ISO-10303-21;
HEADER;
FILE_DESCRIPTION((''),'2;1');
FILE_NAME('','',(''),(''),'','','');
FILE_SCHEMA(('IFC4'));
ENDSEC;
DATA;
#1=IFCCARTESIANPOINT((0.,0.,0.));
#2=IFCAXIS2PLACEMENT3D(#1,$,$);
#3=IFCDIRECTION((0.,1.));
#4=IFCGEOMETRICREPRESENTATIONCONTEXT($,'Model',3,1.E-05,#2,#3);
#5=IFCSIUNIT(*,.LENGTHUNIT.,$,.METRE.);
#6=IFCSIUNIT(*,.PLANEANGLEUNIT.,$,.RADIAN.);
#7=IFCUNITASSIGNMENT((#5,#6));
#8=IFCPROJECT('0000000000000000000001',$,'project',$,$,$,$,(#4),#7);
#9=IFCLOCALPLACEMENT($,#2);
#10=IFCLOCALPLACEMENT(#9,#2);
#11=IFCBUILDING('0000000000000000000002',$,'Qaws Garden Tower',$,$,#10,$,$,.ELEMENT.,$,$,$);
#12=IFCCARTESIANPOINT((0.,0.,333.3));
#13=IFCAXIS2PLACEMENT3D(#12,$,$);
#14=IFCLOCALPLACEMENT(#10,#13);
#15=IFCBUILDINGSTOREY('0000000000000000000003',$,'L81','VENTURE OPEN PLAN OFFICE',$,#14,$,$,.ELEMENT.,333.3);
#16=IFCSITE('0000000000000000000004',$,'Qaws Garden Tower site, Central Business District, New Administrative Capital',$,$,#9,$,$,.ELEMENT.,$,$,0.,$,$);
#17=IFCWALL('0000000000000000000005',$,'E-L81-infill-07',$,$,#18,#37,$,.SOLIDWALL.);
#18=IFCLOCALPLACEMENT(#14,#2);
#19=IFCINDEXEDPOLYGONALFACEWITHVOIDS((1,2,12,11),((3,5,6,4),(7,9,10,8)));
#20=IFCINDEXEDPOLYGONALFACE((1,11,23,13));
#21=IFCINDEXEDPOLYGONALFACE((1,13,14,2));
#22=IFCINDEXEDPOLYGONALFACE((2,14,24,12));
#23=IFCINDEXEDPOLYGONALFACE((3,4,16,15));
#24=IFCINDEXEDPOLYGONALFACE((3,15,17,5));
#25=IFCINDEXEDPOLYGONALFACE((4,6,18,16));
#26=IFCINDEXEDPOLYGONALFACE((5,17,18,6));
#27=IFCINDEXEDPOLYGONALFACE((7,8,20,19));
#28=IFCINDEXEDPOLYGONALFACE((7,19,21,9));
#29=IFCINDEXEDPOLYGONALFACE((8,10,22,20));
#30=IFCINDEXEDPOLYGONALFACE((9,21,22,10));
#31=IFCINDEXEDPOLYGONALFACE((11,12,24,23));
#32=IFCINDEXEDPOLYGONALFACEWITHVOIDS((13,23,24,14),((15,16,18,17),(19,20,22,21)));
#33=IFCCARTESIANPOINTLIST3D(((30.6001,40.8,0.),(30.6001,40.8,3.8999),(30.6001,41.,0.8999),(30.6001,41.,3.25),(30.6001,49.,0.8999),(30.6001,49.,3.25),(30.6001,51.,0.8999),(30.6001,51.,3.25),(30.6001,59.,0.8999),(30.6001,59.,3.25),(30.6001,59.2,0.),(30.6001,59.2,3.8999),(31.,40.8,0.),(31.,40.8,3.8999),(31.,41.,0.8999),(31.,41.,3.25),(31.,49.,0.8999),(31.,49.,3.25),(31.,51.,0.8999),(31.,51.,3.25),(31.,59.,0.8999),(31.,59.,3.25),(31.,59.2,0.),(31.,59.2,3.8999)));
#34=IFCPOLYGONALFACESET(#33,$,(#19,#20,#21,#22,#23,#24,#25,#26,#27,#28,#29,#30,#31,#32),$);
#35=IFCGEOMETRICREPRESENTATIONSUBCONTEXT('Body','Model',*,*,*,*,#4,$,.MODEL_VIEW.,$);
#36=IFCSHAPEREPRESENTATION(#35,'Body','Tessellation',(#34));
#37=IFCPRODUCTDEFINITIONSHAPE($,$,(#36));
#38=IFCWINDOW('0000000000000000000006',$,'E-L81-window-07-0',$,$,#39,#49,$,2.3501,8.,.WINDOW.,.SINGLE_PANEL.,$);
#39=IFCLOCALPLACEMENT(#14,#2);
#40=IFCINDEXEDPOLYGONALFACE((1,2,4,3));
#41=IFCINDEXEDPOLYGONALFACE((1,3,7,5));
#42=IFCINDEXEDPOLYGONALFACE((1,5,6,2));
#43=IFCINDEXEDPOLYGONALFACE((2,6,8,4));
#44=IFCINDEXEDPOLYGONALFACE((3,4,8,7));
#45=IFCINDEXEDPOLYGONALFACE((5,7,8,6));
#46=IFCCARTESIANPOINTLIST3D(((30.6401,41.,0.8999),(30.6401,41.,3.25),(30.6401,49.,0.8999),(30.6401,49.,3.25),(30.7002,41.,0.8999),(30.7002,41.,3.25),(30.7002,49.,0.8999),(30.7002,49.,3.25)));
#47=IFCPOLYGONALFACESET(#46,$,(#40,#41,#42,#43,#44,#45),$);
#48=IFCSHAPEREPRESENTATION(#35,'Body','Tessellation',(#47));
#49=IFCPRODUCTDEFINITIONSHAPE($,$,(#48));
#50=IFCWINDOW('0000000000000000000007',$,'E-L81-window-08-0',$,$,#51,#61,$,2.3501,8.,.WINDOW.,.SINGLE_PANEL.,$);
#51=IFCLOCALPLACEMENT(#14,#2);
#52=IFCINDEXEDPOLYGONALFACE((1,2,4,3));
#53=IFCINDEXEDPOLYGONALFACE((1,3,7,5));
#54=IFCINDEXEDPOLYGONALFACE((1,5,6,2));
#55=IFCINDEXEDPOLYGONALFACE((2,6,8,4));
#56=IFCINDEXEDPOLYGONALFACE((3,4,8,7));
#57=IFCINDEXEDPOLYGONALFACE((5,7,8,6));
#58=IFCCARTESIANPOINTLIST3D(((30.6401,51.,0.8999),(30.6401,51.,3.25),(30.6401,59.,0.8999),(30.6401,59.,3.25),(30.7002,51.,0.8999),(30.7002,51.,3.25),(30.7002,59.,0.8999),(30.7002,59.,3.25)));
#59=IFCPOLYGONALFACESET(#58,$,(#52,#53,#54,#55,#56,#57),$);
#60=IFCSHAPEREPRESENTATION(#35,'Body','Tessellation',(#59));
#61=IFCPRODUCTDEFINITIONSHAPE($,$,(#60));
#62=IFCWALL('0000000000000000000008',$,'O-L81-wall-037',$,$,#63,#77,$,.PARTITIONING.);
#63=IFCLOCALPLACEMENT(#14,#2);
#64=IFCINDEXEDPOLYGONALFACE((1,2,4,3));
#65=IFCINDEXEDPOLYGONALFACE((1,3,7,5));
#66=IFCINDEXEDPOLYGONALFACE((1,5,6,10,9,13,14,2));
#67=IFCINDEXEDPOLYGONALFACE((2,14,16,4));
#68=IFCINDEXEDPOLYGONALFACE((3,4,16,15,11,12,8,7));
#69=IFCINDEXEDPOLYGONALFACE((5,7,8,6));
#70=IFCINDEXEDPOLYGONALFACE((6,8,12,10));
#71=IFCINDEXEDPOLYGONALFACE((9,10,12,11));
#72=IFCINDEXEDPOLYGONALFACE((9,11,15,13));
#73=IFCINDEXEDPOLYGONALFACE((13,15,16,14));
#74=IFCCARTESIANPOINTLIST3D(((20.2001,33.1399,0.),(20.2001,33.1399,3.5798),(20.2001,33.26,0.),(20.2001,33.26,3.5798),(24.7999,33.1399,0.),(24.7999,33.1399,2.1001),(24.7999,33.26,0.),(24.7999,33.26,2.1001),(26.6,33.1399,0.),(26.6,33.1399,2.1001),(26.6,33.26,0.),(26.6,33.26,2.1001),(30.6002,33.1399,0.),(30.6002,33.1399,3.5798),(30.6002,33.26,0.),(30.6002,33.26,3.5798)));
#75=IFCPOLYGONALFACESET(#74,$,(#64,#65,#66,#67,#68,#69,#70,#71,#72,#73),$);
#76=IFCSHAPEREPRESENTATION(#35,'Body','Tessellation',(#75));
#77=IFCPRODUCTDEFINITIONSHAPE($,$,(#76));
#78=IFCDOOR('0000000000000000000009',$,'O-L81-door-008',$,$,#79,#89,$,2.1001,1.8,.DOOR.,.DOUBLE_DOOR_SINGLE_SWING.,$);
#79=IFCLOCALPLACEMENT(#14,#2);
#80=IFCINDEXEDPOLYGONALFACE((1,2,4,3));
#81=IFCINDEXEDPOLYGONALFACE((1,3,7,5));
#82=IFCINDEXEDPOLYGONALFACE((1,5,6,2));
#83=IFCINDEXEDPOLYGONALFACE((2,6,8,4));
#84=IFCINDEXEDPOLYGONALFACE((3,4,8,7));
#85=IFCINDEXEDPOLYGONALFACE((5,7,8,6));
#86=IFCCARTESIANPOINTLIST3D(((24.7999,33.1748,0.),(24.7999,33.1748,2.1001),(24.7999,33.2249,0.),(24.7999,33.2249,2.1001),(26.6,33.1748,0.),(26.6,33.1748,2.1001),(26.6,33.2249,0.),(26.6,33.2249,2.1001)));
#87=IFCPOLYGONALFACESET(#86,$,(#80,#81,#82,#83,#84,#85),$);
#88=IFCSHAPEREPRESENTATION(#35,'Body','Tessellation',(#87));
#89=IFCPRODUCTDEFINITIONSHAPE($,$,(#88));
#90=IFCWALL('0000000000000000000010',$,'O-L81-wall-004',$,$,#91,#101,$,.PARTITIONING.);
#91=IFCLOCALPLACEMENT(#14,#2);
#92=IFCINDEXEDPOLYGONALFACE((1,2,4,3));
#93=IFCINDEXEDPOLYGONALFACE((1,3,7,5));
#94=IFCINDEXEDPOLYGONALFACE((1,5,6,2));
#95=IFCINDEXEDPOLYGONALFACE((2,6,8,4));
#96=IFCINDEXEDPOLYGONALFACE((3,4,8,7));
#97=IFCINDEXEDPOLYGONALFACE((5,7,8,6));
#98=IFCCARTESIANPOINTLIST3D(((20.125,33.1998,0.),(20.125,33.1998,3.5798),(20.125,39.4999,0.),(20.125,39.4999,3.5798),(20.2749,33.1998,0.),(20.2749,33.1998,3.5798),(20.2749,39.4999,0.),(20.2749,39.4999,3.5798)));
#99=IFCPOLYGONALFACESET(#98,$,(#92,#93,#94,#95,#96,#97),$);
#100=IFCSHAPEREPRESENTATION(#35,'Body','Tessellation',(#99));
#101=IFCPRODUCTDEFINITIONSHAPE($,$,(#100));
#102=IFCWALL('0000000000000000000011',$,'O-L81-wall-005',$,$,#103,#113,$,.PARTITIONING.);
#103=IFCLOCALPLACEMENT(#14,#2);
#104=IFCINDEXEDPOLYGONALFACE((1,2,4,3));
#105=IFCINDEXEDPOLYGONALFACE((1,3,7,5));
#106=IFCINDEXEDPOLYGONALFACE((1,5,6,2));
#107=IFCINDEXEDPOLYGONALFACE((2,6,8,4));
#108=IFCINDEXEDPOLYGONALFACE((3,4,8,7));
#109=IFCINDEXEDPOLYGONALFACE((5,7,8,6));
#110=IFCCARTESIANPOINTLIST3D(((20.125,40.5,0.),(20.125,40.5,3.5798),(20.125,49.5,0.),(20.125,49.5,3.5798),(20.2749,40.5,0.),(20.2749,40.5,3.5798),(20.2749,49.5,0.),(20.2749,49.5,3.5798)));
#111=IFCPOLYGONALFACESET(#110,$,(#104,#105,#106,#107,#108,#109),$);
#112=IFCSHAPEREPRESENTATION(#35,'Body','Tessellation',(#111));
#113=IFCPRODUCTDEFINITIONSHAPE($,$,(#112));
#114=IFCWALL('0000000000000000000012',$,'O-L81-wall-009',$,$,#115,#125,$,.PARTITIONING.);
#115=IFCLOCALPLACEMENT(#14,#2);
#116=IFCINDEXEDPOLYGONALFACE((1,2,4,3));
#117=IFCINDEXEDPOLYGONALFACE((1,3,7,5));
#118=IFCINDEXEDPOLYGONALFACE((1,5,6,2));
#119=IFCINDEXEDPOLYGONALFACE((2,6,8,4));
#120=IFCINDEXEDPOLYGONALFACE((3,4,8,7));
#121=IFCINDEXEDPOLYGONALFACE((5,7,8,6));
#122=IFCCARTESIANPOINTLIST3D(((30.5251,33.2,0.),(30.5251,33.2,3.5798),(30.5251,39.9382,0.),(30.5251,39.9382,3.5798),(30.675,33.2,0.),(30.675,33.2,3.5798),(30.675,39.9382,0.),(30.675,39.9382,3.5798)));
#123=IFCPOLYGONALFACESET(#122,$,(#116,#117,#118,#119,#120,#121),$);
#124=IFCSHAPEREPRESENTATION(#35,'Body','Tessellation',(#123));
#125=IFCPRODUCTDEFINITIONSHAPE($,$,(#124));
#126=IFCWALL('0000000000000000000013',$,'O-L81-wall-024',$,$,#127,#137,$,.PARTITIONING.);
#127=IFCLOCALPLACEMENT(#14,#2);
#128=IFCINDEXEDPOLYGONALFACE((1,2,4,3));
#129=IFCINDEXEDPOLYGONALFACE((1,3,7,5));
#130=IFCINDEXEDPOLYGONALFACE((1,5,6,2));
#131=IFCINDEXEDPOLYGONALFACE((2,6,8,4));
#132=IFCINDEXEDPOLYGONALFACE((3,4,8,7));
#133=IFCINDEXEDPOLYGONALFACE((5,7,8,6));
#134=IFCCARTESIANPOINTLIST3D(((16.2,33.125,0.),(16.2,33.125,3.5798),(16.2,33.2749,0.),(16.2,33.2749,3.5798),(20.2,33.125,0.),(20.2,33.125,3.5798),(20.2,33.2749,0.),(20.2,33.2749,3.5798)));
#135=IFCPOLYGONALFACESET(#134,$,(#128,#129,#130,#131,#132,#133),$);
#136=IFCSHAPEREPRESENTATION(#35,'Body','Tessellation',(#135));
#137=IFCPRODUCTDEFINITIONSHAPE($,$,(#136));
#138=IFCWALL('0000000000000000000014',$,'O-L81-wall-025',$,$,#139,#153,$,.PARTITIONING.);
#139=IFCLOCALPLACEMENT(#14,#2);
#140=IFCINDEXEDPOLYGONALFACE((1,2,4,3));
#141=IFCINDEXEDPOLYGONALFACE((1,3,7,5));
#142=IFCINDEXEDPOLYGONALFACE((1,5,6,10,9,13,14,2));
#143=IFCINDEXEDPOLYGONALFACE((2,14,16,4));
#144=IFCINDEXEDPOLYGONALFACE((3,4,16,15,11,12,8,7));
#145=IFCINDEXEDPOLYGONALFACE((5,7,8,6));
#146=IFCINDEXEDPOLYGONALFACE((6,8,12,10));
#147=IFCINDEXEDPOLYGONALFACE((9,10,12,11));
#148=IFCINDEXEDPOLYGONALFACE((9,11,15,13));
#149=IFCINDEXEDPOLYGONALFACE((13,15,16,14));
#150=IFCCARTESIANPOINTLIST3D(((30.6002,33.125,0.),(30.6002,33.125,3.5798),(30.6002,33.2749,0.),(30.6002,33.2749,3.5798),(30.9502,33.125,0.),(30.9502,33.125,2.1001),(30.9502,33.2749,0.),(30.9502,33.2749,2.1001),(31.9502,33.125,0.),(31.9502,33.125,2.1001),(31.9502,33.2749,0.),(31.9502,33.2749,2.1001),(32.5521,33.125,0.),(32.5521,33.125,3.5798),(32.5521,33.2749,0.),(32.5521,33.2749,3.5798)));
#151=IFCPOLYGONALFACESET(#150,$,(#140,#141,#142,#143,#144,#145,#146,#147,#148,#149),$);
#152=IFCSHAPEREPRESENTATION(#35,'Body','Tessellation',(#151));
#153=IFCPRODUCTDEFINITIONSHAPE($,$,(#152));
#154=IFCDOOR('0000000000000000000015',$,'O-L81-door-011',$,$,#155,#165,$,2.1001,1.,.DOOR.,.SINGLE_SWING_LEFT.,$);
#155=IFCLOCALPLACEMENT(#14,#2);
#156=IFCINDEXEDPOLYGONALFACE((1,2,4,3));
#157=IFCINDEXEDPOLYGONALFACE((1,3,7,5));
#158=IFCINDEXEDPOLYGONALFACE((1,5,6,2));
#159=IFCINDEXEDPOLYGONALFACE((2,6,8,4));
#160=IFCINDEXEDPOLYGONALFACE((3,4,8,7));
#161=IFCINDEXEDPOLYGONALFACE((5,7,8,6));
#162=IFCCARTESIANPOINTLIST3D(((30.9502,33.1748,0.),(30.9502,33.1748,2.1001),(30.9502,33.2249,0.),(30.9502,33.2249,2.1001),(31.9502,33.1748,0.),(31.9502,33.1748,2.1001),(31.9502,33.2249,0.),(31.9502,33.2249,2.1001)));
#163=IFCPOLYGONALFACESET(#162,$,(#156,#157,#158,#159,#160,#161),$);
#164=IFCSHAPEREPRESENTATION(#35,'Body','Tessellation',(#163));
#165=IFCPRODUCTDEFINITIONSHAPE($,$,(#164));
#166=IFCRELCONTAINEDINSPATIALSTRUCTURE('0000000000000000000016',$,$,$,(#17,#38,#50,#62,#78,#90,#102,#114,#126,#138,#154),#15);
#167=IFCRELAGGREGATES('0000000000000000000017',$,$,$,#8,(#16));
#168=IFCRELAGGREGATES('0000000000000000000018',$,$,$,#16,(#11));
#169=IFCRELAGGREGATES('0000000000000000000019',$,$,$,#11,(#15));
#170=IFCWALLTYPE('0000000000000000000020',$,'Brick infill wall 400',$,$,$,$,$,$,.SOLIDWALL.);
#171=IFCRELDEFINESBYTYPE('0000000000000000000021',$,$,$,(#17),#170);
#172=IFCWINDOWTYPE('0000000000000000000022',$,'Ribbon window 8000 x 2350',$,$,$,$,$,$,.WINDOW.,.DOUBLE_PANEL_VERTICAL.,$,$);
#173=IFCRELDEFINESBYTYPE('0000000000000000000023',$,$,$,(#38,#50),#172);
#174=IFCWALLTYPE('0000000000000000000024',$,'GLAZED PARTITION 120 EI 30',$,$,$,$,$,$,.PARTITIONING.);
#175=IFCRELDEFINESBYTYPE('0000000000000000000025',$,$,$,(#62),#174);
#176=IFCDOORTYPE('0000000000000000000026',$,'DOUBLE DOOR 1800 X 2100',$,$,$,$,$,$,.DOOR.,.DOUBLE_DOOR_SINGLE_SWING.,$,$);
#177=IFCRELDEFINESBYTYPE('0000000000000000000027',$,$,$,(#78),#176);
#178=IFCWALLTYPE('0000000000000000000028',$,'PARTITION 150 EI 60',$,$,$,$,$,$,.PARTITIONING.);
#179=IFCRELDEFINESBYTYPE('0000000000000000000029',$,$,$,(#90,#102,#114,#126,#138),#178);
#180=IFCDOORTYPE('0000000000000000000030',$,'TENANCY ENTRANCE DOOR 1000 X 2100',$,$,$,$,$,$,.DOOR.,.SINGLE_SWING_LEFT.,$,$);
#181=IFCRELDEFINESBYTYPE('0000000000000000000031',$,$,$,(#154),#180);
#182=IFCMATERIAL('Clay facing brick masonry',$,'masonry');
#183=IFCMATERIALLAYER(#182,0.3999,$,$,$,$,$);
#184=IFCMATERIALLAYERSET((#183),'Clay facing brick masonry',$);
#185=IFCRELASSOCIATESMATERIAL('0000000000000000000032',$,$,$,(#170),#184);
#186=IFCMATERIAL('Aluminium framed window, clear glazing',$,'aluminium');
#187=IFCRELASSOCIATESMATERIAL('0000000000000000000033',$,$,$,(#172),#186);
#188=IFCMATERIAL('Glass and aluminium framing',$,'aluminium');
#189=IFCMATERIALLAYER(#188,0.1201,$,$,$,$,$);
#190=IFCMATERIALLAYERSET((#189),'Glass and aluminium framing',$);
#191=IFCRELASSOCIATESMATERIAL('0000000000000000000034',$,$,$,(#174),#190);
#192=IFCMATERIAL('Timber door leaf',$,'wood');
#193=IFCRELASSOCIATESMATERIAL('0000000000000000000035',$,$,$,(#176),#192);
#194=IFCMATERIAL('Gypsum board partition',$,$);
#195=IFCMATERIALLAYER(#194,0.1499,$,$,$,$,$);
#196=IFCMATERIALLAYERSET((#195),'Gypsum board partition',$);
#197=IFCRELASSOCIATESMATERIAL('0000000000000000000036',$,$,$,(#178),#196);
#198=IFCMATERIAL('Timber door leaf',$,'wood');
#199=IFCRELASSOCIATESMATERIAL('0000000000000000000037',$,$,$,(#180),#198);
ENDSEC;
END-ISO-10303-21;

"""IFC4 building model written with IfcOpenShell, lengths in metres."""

from ifc_helpers import new_model, si_unit, direction, frame, frame_2d, origin, place, context, subcontext, project, spatial, rectangle, extrude, material, layer, layer_set, type_object, element, fill, save


model = new_model("IFC4")

# Units and contexts
model_context = context("Model", 3, precision=1e-05, world=origin(), true_north=direction((0.0, 1.0)))
body_context = subcontext(model_context, "Body", "Model", "MODEL_VIEW")
ifc_project = project(units=[si_unit("LENGTHUNIT", "METRE"), si_unit("PLANEANGLEUNIT", "RADIAN")], contexts=[model_context])

# Site, building, storey
site_placement = place(None, origin())
site = spatial("IfcSite", under=ifc_project, at=site_placement, Name="Qaws Garden Tower site, Central Business District, New Administrative Capital", CompositionType="ELEMENT", RefElevation=0.0)
building_placement = place(site_placement, origin())
building = spatial("IfcBuilding", under=site, at=building_placement, Name="Qaws Garden Tower", CompositionType="ELEMENT")
storey_placement = place(building_placement, frame((0.0, 0.0, 333.3)))
storey = spatial("IfcBuildingStorey", under=building, at=storey_placement, Name="L81", Description="VENTURE OPEN PLAN OFFICE", CompositionType="ELEMENT", Elevation=333.3)

# Shared definitions
ifc_material_1 = material(Name="Clay facing brick masonry", Category="masonry")
ifc_layer_1 = layer(ifc_material_1, 0.3999)
ifc_layer_set_1 = layer_set([ifc_layer_1], Name="Clay facing brick masonry")
wall_type_1 = type_object("IfcWallType", Name="Brick infill wall 400", PredefinedType="SOLIDWALL", material=ifc_layer_set_1)

# Wall, openings, windows
wall_1_placement = place(storey_placement, frame((30.8, 40.8, 0.0), z_axis=(0.0, 0.0, 1.0), x_axis=(0.0, 1.0, 0.0)))
wall_1 = element("IfcWall", 1, at=wall_1_placement, inside=storey, type_object=wall_type_1, Name="E-L81-infill-07", PredefinedType="SOLIDWALL", context=body_context, shape_type="SweptSolid", body=[
    extrude(rectangle(XDim=18.3999, YDim=0.3999, at=frame_2d((9.2, 0.0))), origin(), (0.0, 0.0, 1.0), 3.8999),
])
opening_1_placement = place(wall_1_placement, frame((0.2, 0.0, 0.8999)))
opening_1 = element("IfcOpeningElement", 2, at=opening_1_placement, cuts=wall_1, PredefinedType="OPENING", context=body_context, shape_type="SweptSolid", body=[
    extrude(rectangle(XDim=8.0, YDim=2.3501, at=frame_2d((4.0, 1.175))), frame((0.0, 0.21, 0.0), z_axis=(0.0, -1.0, 0.0), x_axis=(1.0, 0.0, 0.0)), (0.0, 0.0, 1.0), 0.4199),
])
opening_2_placement = place(wall_1_placement, frame((10.2, 0.0, 0.8999)))
opening_2 = element("IfcOpeningElement", 3, at=opening_2_placement, cuts=wall_1, PredefinedType="OPENING", context=body_context, shape_type="SweptSolid", body=[
    extrude(rectangle(XDim=8.0, YDim=2.3501, at=frame_2d((4.0, 1.175))), frame((0.0, 0.21, 0.0), z_axis=(0.0, -1.0, 0.0), x_axis=(1.0, 0.0, 0.0)), (0.0, 0.0, 1.0), 0.4199),
])
ifc_material_2 = material(Name="Aluminium framed window, clear glazing", Category="aluminium")
window_type_1 = type_object("IfcWindowType", Name="Ribbon window 8000 x 2350", PartitioningType="DOUBLE_PANEL_VERTICAL", PredefinedType="WINDOW", material=ifc_material_2)
window_1_placement = place(opening_1_placement, origin())
window_1 = element("IfcWindow", 4, at=window_1_placement, inside=storey, type_object=window_type_1, Name="E-L81-window-07-0", OverallHeight=2.3501, OverallWidth=8.0, PartitioningType="SINGLE_PANEL", PredefinedType="WINDOW", context=body_context, shape_type="SweptSolid", body=[
    extrude(rectangle(XDim=8.0, YDim=2.3501, at=frame_2d((4.0, 1.175))), frame((0.0, 0.1599, 0.0), z_axis=(0.0, -1.0, 0.0), x_axis=(1.0, 0.0, 0.0)), (0.0, 0.0, 1.0), 0.0601),
])
fill(opening_1, window_1)
window_2_placement = place(opening_2_placement, origin())
window_2 = element("IfcWindow", 5, at=window_2_placement, inside=storey, type_object=window_type_1, Name="E-L81-window-08-0", OverallHeight=2.3501, OverallWidth=8.0, PartitioningType="SINGLE_PANEL", PredefinedType="WINDOW", context=body_context, shape_type="SweptSolid", body=[
    extrude(rectangle(XDim=8.0, YDim=2.3501, at=frame_2d((4.0, 1.175))), frame((0.0, 0.1599, 0.0), z_axis=(0.0, -1.0, 0.0), x_axis=(1.0, 0.0, 0.0)), (0.0, 0.0, 1.0), 0.0601),
])
fill(opening_2, window_2)

# Wall, opening, door
ifc_material_3 = material(Name="Glass and aluminium framing", Category="aluminium")
ifc_layer_2 = layer(ifc_material_3, 0.1201)
ifc_layer_set_2 = layer_set([ifc_layer_2], Name="Glass and aluminium framing")
wall_type_2 = type_object("IfcWallType", Name="GLAZED PARTITION 120 EI 30", PredefinedType="PARTITIONING", material=ifc_layer_set_2)
wall_2_placement = place(storey_placement, frame((20.2, 33.2, 0.0), z_axis=(0.0, 0.0, 1.0), x_axis=(1.0, 0.0, 0.0)))
wall_2 = element("IfcWall", 6, at=wall_2_placement, inside=storey, type_object=wall_type_2, Name="O-L81-wall-037", PredefinedType="PARTITIONING", context=body_context, shape_type="SweptSolid", body=[
    extrude(rectangle(XDim=10.4001, YDim=0.1201, at=frame_2d((5.2002, 0.0))), origin(), (0.0, 0.0, 1.0), 3.5798),
])
opening_3_placement = place(wall_2_placement, frame((4.6001, 0.0, 0.0)))
opening_3 = element("IfcOpeningElement", 7, at=opening_3_placement, cuts=wall_2, PredefinedType="OPENING", context=body_context, shape_type="SweptSolid", body=[
    extrude(rectangle(XDim=1.8, YDim=2.1001, at=frame_2d((0.8999, 1.05))), frame((0.0, 0.0701, 0.0), z_axis=(0.0, -1.0, 0.0), x_axis=(1.0, 0.0, 0.0)), (0.0, 0.0, 1.0), 0.1401),
])
ifc_material_4 = material(Name="Timber door leaf", Category="wood")
door_type_1 = type_object("IfcDoorType", Name="DOUBLE DOOR 1800 X 2100", OperationType="DOUBLE_DOOR_SINGLE_SWING", PredefinedType="DOOR", material=ifc_material_4)
door_1_placement = place(opening_3_placement, origin())
door_1 = element("IfcDoor", 8, at=door_1_placement, inside=storey, type_object=door_type_1, Name="O-L81-door-008", OperationType="DOUBLE_DOOR_SINGLE_SWING", OverallHeight=2.1001, OverallWidth=1.8, PredefinedType="DOOR", context=body_context, shape_type="SweptSolid", body=[
    extrude(rectangle(XDim=1.8, YDim=2.1001, at=frame_2d((0.8999, 1.05))), frame((0.0, 0.0249, 0.0), z_axis=(0.0, -1.0, 0.0), x_axis=(1.0, 0.0, 0.0)), (0.0, 0.0, 1.0), 0.05),
])
fill(opening_3, door_1)

# Walls
ifc_material_5 = material(Name="Gypsum board partition")
ifc_layer_3 = layer(ifc_material_5, 0.1499)
ifc_layer_set_3 = layer_set([ifc_layer_3], Name="Gypsum board partition")
wall_type_3 = type_object("IfcWallType", Name="PARTITION 150 EI 60", PredefinedType="PARTITIONING", material=ifc_layer_set_3)
wall_3_placement = place(storey_placement, frame((20.2, 33.2, 0.0), z_axis=(0.0, 0.0, 1.0), x_axis=(0.0, 1.0, 0.0)))
element("IfcWall", 9, at=wall_3_placement, inside=storey, type_object=wall_type_3, Name="O-L81-wall-004", PredefinedType="PARTITIONING", context=body_context, shape_type="SweptSolid", body=[
    extrude(rectangle(XDim=6.3, YDim=0.1499, at=frame_2d((3.1499, 0.0))), origin(), (0.0, 0.0, 1.0), 3.5798),
])
wall_4_placement = place(storey_placement, frame((20.2, 40.5, 0.0), z_axis=(0.0, 0.0, 1.0), x_axis=(0.0, 1.0, 0.0)))
element("IfcWall", 10, at=wall_4_placement, inside=storey, type_object=wall_type_3, Name="O-L81-wall-005", PredefinedType="PARTITIONING", context=body_context, shape_type="SweptSolid", body=[
    extrude(rectangle(XDim=9.0, YDim=0.1499, at=frame_2d((4.5, 0.0))), origin(), (0.0, 0.0, 1.0), 3.5798),
])
wall_5_placement = place(storey_placement, frame((30.6001, 33.2, 0.0), z_axis=(0.0, 0.0, 1.0), x_axis=(0.0, 1.0, 0.0)))
element("IfcWall", 11, at=wall_5_placement, inside=storey, type_object=wall_type_3, Name="O-L81-wall-009", PredefinedType="PARTITIONING", context=body_context, shape_type="SweptSolid", body=[
    extrude(rectangle(XDim=6.7383, YDim=0.1499, at=frame_2d((3.3691, 0.0))), origin(), (0.0, 0.0, 1.0), 3.5798),
])
wall_6_placement = place(storey_placement, frame((16.2, 33.2, 0.0), z_axis=(0.0, 0.0, 1.0), x_axis=(1.0, 0.0, 0.0)))
element("IfcWall", 12, at=wall_6_placement, inside=storey, type_object=wall_type_3, Name="O-L81-wall-024", PredefinedType="PARTITIONING", context=body_context, shape_type="SweptSolid", body=[
    extrude(rectangle(XDim=4.0, YDim=0.1499, at=frame_2d((2.0, 0.0))), origin(), (0.0, 0.0, 1.0), 3.5798),
])

# Wall, opening, door
wall_7_placement = place(storey_placement, frame((30.6001, 33.2, 0.0), z_axis=(0.0, 0.0, 1.0), x_axis=(1.0, 0.0, 0.0)))
wall_7 = element("IfcWall", 13, at=wall_7_placement, inside=storey, type_object=wall_type_3, Name="O-L81-wall-025", PredefinedType="PARTITIONING", context=body_context, shape_type="SweptSolid", body=[
    extrude(rectangle(XDim=1.9519, YDim=0.1499, at=frame_2d((0.9761, 0.0))), origin(), (0.0, 0.0, 1.0), 3.5798),
])
opening_4_placement = place(wall_7_placement, frame((0.3501, 0.0, 0.0)))
opening_4 = element("IfcOpeningElement", 14, at=opening_4_placement, cuts=wall_7, PredefinedType="OPENING", context=body_context, shape_type="SweptSolid", body=[
    extrude(rectangle(XDim=1.0, YDim=2.1001, at=frame_2d((0.5, 1.05))), frame((0.0, 0.085, 0.0), z_axis=(0.0, -1.0, 0.0), x_axis=(1.0, 0.0, 0.0)), (0.0, 0.0, 1.0), 0.1699),
])
ifc_material_6 = material(Name="Timber door leaf", Category="wood")
door_type_2 = type_object("IfcDoorType", Name="TENANCY ENTRANCE DOOR 1000 X 2100", OperationType="SINGLE_SWING_LEFT", PredefinedType="DOOR", material=ifc_material_6)
door_2_placement = place(opening_4_placement, origin())
door_2 = element("IfcDoor", 15, at=door_2_placement, inside=storey, type_object=door_type_2, Name="O-L81-door-011", OperationType="SINGLE_SWING_LEFT", OverallHeight=2.1001, OverallWidth=1.0, PredefinedType="DOOR", context=body_context, shape_type="SweptSolid", body=[
    extrude(rectangle(XDim=1.0, YDim=2.1001, at=frame_2d((0.5, 1.05))), frame((0.0, 0.0249, 0.0), z_axis=(0.0, -1.0, 0.0), x_axis=(1.0, 0.0, 0.0)), (0.0, 0.0, 1.0), 0.05),
])
fill(opening_4, door_2)

save(model, "model.ifc")
